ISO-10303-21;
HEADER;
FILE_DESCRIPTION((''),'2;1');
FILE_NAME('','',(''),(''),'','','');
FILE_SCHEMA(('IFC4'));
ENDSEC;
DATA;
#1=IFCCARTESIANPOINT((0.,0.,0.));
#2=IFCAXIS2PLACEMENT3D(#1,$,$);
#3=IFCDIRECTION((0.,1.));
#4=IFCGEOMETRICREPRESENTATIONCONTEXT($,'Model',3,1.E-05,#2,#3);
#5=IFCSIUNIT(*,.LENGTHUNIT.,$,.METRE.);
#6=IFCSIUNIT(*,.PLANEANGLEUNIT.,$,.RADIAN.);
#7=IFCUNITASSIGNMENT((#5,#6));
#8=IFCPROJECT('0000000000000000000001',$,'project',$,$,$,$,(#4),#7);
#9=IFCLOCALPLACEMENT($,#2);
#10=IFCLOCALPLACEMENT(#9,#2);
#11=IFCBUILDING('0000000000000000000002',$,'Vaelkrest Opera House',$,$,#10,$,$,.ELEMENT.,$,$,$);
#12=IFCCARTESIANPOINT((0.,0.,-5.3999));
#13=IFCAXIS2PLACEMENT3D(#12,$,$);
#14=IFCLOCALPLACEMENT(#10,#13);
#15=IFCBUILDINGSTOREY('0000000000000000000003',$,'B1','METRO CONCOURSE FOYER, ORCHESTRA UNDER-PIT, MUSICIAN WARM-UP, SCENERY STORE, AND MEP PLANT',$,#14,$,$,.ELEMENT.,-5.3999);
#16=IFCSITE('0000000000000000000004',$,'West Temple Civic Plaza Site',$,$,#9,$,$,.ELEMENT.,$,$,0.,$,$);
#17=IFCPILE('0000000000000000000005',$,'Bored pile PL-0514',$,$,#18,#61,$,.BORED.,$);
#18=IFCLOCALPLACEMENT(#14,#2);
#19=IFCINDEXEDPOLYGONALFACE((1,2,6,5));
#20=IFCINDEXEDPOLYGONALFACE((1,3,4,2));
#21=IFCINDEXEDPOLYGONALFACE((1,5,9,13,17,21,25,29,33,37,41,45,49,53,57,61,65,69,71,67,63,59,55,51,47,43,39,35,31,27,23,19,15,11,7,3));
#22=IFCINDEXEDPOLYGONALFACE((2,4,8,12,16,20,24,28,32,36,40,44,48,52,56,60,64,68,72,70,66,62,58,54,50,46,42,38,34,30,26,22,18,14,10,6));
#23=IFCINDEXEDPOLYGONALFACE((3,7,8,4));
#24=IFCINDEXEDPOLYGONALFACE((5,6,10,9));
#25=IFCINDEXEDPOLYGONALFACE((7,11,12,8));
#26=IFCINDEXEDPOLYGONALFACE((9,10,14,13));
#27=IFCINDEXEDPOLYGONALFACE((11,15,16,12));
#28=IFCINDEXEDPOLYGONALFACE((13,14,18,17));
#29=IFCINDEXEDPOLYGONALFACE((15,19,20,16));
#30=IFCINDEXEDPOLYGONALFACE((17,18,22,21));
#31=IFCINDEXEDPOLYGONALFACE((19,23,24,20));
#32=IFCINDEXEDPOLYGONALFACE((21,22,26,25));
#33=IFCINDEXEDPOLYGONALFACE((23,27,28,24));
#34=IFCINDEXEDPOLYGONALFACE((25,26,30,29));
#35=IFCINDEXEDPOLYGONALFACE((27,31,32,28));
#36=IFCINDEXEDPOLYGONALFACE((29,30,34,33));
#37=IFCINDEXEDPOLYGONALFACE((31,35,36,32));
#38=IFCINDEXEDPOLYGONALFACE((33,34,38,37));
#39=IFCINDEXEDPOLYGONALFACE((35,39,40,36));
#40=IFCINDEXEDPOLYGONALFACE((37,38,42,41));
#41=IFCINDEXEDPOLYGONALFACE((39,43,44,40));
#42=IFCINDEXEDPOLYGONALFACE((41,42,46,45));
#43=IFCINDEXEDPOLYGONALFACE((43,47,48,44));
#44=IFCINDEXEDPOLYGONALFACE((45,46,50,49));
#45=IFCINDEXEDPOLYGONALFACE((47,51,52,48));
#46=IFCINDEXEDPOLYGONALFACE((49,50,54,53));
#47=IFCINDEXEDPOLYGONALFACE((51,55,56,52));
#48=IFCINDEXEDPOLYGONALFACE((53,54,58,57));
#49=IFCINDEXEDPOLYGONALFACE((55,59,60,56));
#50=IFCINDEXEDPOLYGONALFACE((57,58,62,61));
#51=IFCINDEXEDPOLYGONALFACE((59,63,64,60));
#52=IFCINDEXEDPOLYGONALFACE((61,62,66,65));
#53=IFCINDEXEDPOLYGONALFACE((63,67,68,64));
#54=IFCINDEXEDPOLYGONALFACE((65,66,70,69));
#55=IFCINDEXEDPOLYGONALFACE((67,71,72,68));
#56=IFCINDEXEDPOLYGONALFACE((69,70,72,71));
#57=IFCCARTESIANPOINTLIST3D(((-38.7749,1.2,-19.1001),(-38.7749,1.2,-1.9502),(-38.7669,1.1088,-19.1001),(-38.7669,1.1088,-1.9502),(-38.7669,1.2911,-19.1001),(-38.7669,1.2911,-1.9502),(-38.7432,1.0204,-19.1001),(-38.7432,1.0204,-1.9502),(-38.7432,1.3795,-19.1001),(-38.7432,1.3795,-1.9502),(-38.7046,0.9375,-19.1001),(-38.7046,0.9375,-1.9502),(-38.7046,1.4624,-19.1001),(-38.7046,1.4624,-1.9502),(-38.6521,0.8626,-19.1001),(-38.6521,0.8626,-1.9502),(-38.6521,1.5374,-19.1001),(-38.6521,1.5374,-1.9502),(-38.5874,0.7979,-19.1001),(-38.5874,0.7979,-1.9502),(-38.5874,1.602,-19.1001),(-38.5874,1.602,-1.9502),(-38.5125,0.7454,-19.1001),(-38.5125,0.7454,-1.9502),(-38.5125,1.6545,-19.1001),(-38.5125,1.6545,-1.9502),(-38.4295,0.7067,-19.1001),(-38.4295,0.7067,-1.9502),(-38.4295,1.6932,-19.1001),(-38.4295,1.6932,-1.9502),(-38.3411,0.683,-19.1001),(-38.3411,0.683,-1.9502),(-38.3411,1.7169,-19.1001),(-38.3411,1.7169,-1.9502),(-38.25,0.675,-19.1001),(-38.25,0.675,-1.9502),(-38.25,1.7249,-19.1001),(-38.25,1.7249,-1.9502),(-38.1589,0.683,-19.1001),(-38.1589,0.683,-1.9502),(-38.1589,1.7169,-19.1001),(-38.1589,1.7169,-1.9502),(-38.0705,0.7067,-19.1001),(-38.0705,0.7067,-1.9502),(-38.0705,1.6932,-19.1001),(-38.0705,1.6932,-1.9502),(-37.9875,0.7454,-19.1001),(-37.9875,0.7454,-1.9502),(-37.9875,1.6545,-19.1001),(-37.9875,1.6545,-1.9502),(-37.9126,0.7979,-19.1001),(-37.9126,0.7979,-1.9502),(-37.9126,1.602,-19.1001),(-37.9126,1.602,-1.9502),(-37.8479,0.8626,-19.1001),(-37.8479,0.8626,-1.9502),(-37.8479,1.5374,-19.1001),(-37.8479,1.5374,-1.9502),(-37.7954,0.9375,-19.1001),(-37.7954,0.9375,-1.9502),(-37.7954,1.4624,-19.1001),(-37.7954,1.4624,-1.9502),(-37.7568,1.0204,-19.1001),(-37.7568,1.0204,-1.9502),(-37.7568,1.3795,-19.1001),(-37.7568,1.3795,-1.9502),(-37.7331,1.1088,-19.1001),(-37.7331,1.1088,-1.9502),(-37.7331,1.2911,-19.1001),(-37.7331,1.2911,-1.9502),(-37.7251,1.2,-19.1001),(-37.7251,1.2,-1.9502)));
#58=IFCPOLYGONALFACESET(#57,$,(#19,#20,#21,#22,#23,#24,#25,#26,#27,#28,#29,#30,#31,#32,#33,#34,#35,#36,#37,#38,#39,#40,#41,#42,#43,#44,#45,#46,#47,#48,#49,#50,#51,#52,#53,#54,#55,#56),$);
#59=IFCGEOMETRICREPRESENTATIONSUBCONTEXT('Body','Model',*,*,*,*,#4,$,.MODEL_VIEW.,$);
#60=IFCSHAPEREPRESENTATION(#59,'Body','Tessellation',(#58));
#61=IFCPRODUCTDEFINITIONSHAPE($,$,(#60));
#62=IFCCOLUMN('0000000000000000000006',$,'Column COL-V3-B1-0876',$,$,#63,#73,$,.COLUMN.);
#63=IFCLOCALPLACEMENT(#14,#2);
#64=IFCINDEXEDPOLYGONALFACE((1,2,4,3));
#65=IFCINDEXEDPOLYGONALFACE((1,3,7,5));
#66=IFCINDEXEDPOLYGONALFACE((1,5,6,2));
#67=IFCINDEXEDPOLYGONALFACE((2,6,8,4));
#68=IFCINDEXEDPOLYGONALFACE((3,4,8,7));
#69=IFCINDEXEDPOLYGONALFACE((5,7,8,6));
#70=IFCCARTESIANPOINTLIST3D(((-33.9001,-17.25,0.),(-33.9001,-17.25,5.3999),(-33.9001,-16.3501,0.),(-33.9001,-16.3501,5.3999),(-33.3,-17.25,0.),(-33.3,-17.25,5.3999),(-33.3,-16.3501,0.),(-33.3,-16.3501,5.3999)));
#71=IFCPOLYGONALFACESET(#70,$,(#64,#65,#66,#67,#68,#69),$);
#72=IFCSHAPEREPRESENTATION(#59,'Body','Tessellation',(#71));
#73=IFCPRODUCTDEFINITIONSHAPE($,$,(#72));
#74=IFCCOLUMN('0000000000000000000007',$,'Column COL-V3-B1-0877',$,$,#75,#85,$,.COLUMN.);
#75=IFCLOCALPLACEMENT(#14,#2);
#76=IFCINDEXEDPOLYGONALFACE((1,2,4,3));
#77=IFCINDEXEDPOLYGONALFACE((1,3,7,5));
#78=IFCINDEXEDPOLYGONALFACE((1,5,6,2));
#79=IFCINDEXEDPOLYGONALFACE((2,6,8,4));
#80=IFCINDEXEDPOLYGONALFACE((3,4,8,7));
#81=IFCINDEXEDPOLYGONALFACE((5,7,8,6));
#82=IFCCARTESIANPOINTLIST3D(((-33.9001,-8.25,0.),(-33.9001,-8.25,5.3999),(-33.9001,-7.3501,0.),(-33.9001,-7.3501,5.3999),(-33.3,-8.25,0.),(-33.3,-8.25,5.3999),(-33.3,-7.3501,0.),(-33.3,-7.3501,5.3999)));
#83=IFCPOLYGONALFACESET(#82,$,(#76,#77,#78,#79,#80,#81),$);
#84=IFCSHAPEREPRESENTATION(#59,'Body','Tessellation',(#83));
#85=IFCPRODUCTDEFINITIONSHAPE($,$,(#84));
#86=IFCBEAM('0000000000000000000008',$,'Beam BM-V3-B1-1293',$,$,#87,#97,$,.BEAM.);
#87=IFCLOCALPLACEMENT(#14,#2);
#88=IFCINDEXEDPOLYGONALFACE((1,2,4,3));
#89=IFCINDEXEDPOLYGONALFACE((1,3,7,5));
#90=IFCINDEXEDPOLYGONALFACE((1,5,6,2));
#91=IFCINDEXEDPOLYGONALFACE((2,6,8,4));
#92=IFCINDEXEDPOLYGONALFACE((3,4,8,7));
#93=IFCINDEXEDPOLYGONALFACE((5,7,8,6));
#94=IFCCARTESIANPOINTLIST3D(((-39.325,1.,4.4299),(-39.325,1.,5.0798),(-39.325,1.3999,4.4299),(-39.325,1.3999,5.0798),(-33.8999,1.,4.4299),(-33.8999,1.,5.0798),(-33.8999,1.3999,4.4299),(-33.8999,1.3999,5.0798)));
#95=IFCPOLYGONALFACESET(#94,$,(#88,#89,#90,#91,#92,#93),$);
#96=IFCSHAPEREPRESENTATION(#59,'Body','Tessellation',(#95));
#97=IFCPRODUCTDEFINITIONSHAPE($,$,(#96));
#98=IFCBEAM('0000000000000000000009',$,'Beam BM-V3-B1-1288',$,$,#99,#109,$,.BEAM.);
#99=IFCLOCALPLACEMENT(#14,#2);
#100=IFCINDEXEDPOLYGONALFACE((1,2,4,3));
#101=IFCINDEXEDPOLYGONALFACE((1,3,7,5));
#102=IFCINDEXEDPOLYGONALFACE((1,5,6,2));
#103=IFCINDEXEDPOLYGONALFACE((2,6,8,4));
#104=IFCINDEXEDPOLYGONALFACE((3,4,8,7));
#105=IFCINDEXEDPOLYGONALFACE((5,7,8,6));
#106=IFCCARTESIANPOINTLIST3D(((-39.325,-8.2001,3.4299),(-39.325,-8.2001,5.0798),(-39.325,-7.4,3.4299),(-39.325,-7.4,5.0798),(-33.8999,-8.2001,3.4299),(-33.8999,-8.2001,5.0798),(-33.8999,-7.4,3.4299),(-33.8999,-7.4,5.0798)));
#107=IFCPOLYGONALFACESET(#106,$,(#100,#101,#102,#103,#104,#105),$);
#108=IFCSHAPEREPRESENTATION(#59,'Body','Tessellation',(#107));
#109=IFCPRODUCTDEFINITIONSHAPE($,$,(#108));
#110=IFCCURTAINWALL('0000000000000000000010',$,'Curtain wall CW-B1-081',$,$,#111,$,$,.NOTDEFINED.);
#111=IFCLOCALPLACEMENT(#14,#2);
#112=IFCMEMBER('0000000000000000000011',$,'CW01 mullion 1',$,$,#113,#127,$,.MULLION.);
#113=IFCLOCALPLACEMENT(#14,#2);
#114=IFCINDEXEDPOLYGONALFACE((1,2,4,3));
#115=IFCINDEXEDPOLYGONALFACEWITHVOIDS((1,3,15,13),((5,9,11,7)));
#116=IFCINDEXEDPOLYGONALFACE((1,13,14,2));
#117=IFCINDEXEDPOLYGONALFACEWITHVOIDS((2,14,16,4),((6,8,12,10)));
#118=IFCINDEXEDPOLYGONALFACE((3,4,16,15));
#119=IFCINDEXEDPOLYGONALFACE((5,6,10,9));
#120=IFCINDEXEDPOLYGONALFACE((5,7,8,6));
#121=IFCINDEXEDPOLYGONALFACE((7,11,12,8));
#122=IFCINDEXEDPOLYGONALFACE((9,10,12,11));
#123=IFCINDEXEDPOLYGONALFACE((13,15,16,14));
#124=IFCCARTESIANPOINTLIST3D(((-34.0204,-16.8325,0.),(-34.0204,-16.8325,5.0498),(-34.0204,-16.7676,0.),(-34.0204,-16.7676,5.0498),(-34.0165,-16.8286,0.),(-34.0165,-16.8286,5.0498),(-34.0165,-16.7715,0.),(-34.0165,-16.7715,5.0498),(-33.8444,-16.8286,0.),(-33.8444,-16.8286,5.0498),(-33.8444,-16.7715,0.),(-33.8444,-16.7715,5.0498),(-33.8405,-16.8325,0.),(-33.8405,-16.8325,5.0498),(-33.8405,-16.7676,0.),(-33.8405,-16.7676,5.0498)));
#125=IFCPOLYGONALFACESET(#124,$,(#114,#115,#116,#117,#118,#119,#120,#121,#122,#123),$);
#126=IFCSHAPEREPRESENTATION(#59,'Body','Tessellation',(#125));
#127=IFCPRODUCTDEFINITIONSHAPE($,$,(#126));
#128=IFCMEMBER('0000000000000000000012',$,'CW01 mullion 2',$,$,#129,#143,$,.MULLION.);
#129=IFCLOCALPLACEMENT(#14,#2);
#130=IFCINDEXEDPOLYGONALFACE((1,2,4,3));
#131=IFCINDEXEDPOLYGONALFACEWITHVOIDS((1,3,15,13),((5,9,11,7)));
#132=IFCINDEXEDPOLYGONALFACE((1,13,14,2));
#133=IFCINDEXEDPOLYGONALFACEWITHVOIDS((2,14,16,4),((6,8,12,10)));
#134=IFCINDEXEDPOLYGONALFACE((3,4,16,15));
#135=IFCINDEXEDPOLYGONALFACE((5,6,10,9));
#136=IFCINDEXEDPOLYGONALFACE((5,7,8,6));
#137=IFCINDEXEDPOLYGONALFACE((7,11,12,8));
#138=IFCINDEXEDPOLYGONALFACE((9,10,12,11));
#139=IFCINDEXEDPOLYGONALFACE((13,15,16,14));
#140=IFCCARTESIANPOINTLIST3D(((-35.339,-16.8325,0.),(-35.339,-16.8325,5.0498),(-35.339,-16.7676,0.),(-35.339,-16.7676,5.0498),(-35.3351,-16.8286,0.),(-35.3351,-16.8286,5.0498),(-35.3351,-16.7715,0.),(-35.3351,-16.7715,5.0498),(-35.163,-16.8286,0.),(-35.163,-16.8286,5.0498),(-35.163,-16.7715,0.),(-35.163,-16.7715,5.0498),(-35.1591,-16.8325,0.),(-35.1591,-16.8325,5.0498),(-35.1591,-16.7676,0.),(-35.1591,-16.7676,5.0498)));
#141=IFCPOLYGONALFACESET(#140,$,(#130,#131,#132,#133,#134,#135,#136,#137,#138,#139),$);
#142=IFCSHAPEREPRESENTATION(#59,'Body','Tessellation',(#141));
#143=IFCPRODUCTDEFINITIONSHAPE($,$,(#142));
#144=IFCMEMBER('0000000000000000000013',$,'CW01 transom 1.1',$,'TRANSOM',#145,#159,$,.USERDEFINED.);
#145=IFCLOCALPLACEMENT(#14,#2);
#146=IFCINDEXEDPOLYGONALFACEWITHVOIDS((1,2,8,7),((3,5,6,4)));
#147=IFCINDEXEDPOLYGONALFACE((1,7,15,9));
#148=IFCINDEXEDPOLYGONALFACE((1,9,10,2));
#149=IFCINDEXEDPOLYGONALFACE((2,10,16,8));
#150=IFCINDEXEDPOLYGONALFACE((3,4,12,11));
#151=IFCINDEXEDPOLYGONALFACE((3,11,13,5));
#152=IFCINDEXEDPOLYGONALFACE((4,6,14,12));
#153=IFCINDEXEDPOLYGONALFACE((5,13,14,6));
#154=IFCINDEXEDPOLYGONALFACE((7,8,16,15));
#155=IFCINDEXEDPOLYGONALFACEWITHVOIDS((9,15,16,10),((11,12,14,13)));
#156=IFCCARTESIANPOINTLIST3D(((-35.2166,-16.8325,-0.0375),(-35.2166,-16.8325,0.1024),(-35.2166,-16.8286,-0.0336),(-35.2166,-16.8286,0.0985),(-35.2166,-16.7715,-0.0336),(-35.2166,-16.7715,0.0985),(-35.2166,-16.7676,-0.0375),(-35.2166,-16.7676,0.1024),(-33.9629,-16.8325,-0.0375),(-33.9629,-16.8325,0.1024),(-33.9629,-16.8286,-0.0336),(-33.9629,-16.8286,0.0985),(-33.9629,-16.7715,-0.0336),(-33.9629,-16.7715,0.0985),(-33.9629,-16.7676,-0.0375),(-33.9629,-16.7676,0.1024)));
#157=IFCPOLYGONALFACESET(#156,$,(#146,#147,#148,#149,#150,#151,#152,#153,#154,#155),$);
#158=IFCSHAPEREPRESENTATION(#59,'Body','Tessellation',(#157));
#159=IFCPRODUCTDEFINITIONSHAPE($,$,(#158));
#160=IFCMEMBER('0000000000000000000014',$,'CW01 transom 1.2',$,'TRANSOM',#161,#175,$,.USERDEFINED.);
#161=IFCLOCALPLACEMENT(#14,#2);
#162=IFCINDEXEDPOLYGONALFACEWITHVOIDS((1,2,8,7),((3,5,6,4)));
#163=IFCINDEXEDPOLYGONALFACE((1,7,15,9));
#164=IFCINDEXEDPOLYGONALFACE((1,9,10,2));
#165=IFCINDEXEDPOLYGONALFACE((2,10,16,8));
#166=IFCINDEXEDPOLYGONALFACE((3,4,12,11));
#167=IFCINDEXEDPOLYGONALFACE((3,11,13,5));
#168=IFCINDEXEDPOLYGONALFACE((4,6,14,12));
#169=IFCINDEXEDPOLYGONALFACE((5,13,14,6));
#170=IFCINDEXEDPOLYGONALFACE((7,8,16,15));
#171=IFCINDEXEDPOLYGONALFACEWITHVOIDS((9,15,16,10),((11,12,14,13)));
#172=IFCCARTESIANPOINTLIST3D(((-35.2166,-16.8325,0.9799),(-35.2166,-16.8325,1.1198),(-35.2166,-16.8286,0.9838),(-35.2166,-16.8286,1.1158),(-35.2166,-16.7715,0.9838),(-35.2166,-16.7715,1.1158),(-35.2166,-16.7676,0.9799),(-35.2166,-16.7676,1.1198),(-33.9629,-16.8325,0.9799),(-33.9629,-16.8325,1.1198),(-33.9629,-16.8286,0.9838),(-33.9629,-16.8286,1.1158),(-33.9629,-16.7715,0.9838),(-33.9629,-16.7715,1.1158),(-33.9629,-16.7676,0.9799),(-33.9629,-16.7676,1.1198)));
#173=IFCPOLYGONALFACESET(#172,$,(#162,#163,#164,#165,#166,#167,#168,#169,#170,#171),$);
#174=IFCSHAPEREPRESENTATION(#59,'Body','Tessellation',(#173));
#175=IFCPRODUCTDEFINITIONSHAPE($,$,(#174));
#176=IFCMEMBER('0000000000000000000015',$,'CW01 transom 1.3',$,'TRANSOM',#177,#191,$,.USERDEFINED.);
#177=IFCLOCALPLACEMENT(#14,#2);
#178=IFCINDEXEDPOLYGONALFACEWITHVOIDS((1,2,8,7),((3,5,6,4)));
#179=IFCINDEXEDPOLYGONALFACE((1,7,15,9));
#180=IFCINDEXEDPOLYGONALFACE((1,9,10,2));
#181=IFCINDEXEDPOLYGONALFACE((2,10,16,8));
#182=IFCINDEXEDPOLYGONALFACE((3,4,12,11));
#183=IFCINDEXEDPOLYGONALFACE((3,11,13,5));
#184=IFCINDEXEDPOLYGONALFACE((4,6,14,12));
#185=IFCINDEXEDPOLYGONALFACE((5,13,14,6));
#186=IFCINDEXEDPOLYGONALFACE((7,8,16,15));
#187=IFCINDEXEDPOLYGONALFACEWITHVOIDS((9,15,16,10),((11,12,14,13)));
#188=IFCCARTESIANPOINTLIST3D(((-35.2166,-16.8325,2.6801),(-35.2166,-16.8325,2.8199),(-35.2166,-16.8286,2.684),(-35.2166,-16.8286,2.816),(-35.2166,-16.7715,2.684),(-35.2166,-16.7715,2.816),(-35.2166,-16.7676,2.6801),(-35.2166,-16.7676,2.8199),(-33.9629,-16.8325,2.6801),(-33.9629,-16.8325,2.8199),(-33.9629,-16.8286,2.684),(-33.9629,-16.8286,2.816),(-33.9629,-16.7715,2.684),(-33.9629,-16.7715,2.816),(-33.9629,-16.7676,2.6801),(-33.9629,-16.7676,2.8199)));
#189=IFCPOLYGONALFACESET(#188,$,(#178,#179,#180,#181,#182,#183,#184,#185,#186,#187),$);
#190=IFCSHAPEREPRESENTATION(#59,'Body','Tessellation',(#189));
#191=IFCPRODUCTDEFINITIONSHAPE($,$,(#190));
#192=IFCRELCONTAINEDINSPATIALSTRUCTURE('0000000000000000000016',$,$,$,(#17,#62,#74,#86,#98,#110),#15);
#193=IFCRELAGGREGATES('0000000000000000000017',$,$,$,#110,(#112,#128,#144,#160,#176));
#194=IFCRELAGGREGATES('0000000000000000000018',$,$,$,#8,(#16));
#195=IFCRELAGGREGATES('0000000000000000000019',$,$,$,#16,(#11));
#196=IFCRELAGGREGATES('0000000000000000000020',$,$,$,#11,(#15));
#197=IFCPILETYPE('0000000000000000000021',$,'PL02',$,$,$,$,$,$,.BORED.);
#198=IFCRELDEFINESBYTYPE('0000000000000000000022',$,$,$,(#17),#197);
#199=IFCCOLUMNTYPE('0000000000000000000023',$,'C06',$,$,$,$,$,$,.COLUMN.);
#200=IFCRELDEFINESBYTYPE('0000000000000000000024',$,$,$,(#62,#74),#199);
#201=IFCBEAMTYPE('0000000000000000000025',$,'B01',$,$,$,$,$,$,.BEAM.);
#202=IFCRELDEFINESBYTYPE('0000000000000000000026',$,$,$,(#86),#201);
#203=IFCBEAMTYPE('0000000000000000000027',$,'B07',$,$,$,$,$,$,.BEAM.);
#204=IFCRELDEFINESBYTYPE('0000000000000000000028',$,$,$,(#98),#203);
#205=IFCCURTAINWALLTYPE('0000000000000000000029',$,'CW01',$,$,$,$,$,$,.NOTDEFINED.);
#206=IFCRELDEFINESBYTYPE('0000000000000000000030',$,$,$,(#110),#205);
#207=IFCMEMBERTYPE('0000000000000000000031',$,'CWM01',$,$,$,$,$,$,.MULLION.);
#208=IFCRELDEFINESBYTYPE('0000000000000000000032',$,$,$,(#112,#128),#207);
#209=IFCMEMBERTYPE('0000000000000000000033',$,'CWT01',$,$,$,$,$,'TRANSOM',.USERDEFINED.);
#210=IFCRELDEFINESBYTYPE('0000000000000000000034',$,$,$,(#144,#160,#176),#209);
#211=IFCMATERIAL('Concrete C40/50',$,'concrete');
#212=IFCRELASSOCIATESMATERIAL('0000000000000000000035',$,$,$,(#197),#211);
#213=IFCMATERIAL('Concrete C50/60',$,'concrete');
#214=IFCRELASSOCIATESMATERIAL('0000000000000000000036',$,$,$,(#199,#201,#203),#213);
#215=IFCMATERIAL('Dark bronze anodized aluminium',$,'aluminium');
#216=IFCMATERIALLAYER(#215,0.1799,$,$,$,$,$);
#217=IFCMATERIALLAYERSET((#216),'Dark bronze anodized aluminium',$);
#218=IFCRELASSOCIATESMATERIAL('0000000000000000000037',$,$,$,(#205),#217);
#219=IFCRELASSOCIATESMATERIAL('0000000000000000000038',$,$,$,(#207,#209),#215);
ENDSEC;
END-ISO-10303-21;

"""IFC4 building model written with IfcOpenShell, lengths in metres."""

from ifc_helpers import new_model, si_unit, direction, frame, origin, origin_2d, place, context, subcontext, project, spatial, rectangle, hollow_rectangle, circle, extrude, material, layer, layer_set, material_profile, profile_set, type_object, element, aggregate, save


model = new_model("IFC4")

# Units and contexts
model_context = context("Model", 3, precision=1e-05, world=origin(), true_north=direction((0.0, 1.0)))
body_context = subcontext(model_context, "Body", "Model", "MODEL_VIEW")
ifc_project = project(units=[si_unit("LENGTHUNIT", "METRE"), si_unit("PLANEANGLEUNIT", "RADIAN")], contexts=[model_context])

# Site, building, storey
site_placement = place(None, origin())
site = spatial("IfcSite", under=ifc_project, at=site_placement, Name="West Temple Civic Plaza Site", CompositionType="ELEMENT", RefElevation=0.0)
building_placement = place(site_placement, origin())
building = spatial("IfcBuilding", under=site, at=building_placement, Name="Vaelkrest Opera House", CompositionType="ELEMENT")
storey_placement = place(building_placement, frame((0.0, 0.0, -5.3999)))
storey = spatial("IfcBuildingStorey", under=building, at=storey_placement, Name="B1", Description="METRO CONCOURSE FOYER, ORCHESTRA UNDER-PIT, MUSICIAN WARM-UP, SCENERY STORE, AND MEP PLANT", CompositionType="ELEMENT", Elevation=-5.3999)

# Shared definitions
ifc_material_1 = material(Name="Concrete C40/50", Category="concrete")

# Pile
ifc_material_profile_1 = material_profile(ifc_material_1, circle(Radius=0.5249, at=origin_2d()), Name="PILE1050")
ifc_profile_set_1 = profile_set([ifc_material_profile_1], Name="Concrete C40/50")
pile_type_1 = type_object("IfcPileType", Name="PL02", PredefinedType="BORED", material=ifc_profile_set_1)
pile_1_placement = place(storey_placement, frame((-38.25, 1.2, -1.9502), z_axis=(0.0, 0.0, -1.0), x_axis=(1.0, 0.0, 0.0)))
element("IfcPile", 1, at=pile_1_placement, inside=storey, type_object=pile_type_1, Name="Bored pile PL-0514", PredefinedType="BORED", context=body_context, shape_type="SweptSolid", body=[
    extrude(circle(Radius=0.5249, at=origin_2d()), origin(), (0.0, 0.0, 1.0), 17.1499),
])

# Columns
ifc_material_2 = material(Name="Concrete C50/60", Category="concrete")
ifc_material_profile_2 = material_profile(ifc_material_2, rectangle(XDim=0.6001, YDim=0.8999, at=origin_2d()), Name="RC600X900")
ifc_profile_set_2 = profile_set([ifc_material_profile_2], Name="Concrete C50/60")
column_type = type_object("IfcColumnType", Name="C06", PredefinedType="COLUMN", material=ifc_profile_set_2)
for number, where, z_axis, x_axis, name in (
    (2, (-33.6001, -16.8, 0.0), (0.0, 0.0, 1.0), (1.0, 0.0, 0.0), "Column COL-V3-B1-0876"),
    (3, (-33.6001, -7.8, 0.0), (0.0, 0.0, 1.0), (1.0, 0.0, 0.0), "Column COL-V3-B1-0877"),
):
    element("IfcColumn", number, at=place(storey_placement, frame(where, z_axis=z_axis, x_axis=x_axis)), inside=storey, type_object=column_type, Name=name, PredefinedType="COLUMN", context=body_context, shape_type="SweptSolid", body=[
        extrude(rectangle(XDim=0.6001, YDim=0.8999, at=origin_2d()), origin(), (0.0, 0.0, 1.0), 5.3999),
    ])

# Beams
ifc_material_profile_3 = material_profile(ifc_material_2, rectangle(XDim=0.3999, YDim=0.6499, at=origin_2d()), Name="RCB400X650")
ifc_profile_set_3 = profile_set([ifc_material_profile_3], Name="Concrete C50/60")
beam_type_1 = type_object("IfcBeamType", Name="B01", PredefinedType="BEAM", material=ifc_profile_set_3)
beam_1_placement = place(storey_placement, frame((-39.325, 1.2, 4.7549), z_axis=(1.0, 0.0, 0.0), x_axis=(0.0, 1.0, 0.0)))
element("IfcBeam", 4, at=beam_1_placement, inside=storey, type_object=beam_type_1, Name="Beam BM-V3-B1-1293", PredefinedType="BEAM", context=body_context, shape_type="SweptSolid", body=[
    extrude(rectangle(XDim=0.3999, YDim=0.6499, at=origin_2d()), origin(), (0.0, 0.0, 1.0), 5.425),
])
ifc_material_profile_4 = material_profile(ifc_material_2, rectangle(XDim=0.8, YDim=1.6499, at=origin_2d()), Name="RCB800X1650")
ifc_profile_set_4 = profile_set([ifc_material_profile_4], Name="Concrete C50/60")
beam_type_2 = type_object("IfcBeamType", Name="B07", PredefinedType="BEAM", material=ifc_profile_set_4)
beam_2_placement = place(storey_placement, frame((-39.325, -7.8, 4.2549), z_axis=(1.0, 0.0, 0.0), x_axis=(0.0, 1.0, 0.0)))
element("IfcBeam", 5, at=beam_2_placement, inside=storey, type_object=beam_type_2, Name="Beam BM-V3-B1-1288", PredefinedType="BEAM", context=body_context, shape_type="SweptSolid", body=[
    extrude(rectangle(XDim=0.8, YDim=1.6499, at=origin_2d()), origin(), (0.0, 0.0, 1.0), 5.425),
])

# Curtain wall, members
ifc_material_3 = material(Name="Dark bronze anodized aluminium", Category="aluminium")
ifc_layer_1 = layer(ifc_material_3, 0.1799)
ifc_layer_set_1 = layer_set([ifc_layer_1], Name="Dark bronze anodized aluminium")
curtain_wall_type = type_object("IfcCurtainWallType", Name="CW01", PredefinedType="NOTDEFINED", material=ifc_layer_set_1)
curtain_wall_placement = place(storey_placement, origin())
curtain_wall = element("IfcCurtainWall", 6, at=curtain_wall_placement, inside=storey, type_object=curtain_wall_type, Name="Curtain wall CW-B1-081", PredefinedType="NOTDEFINED")
ifc_material_profile_5 = material_profile(ifc_material_3, hollow_rectangle(XDim=0.0649, YDim=0.1799, WallThickness=0.0039, at=origin_2d()), Name="CWM65X180")
ifc_profile_set_5 = profile_set([ifc_material_profile_5], Name="Dark bronze anodized aluminium")
member_type_1 = type_object("IfcMemberType", Name="CWM01", PredefinedType="MULLION", material=ifc_profile_set_5)
member_1_placement = place(storey_placement, frame((-33.9304, -16.8, 0.0), z_axis=(0.0, 0.0, 1.0), x_axis=(0.0, -1.0, 0.0)))
member_1 = element("IfcMember", 7, at=member_1_placement, type_object=member_type_1, Name="CW01 mullion 1", PredefinedType="MULLION", context=body_context, shape_type="SweptSolid", body=[
    extrude(hollow_rectangle(XDim=0.0649, YDim=0.1799, WallThickness=0.0039, at=origin_2d()), origin(), (0.0, 0.0, 1.0), 5.0498),
])
member_2_placement = place(storey_placement, frame((-35.249, -16.8, 0.0), z_axis=(0.0, 0.0, 1.0), x_axis=(0.0, -1.0, 0.0)))
member_2 = element("IfcMember", 8, at=member_2_placement, type_object=member_type_1, Name="CW01 mullion 2", PredefinedType="MULLION", context=body_context, shape_type="SweptSolid", body=[
    extrude(hollow_rectangle(XDim=0.0649, YDim=0.1799, WallThickness=0.0039, at=origin_2d()), origin(), (0.0, 0.0, 1.0), 5.0498),
])
ifc_material_profile_6 = material_profile(ifc_material_3, hollow_rectangle(XDim=0.0649, YDim=0.1399, WallThickness=0.0039, at=origin_2d()), Name="CWT65X140")
ifc_profile_set_6 = profile_set([ifc_material_profile_6], Name="Dark bronze anodized aluminium")
member_type_2 = type_object("IfcMemberType", Name="CWT01", ElementType="TRANSOM", PredefinedType="USERDEFINED", material=ifc_profile_set_6)
member_3_placement = place(storey_placement, frame((-33.9629, -16.8, 0.0325), z_axis=(-1.0, 0.0, 0.0), x_axis=(0.0, -1.0, 0.0)))
member_3 = element("IfcMember", 9, at=member_3_placement, type_object=member_type_2, Name="CW01 transom 1.1", ObjectType="TRANSOM", PredefinedType="USERDEFINED", context=body_context, shape_type="SweptSolid", body=[
    extrude(hollow_rectangle(XDim=0.0649, YDim=0.1399, WallThickness=0.0039, at=origin_2d()), origin(), (0.0, 0.0, 1.0), 1.2537),
])
member_4_placement = place(storey_placement, frame((-33.9629, -16.8, 1.0498), z_axis=(-1.0, 0.0, 0.0), x_axis=(0.0, -1.0, 0.0)))
member_4 = element("IfcMember", 10, at=member_4_placement, type_object=member_type_2, Name="CW01 transom 1.2", ObjectType="TRANSOM", PredefinedType="USERDEFINED", context=body_context, shape_type="SweptSolid", body=[
    extrude(hollow_rectangle(XDim=0.0649, YDim=0.1399, WallThickness=0.0039, at=origin_2d()), origin(), (0.0, 0.0, 1.0), 1.2537),
])
member_5_placement = place(storey_placement, frame((-33.9629, -16.8, 2.75), z_axis=(-1.0, 0.0, 0.0), x_axis=(0.0, -1.0, 0.0)))
member_5 = element("IfcMember", 11, at=member_5_placement, type_object=member_type_2, Name="CW01 transom 1.3", ObjectType="TRANSOM", PredefinedType="USERDEFINED", context=body_context, shape_type="SweptSolid", body=[
    extrude(hollow_rectangle(XDim=0.0649, YDim=0.1399, WallThickness=0.0039, at=origin_2d()), origin(), (0.0, 0.0, 1.0), 1.2537),
])

aggregate(curtain_wall, [member_1, member_2, member_3, member_4, member_5])

save(model, "model.ifc")
